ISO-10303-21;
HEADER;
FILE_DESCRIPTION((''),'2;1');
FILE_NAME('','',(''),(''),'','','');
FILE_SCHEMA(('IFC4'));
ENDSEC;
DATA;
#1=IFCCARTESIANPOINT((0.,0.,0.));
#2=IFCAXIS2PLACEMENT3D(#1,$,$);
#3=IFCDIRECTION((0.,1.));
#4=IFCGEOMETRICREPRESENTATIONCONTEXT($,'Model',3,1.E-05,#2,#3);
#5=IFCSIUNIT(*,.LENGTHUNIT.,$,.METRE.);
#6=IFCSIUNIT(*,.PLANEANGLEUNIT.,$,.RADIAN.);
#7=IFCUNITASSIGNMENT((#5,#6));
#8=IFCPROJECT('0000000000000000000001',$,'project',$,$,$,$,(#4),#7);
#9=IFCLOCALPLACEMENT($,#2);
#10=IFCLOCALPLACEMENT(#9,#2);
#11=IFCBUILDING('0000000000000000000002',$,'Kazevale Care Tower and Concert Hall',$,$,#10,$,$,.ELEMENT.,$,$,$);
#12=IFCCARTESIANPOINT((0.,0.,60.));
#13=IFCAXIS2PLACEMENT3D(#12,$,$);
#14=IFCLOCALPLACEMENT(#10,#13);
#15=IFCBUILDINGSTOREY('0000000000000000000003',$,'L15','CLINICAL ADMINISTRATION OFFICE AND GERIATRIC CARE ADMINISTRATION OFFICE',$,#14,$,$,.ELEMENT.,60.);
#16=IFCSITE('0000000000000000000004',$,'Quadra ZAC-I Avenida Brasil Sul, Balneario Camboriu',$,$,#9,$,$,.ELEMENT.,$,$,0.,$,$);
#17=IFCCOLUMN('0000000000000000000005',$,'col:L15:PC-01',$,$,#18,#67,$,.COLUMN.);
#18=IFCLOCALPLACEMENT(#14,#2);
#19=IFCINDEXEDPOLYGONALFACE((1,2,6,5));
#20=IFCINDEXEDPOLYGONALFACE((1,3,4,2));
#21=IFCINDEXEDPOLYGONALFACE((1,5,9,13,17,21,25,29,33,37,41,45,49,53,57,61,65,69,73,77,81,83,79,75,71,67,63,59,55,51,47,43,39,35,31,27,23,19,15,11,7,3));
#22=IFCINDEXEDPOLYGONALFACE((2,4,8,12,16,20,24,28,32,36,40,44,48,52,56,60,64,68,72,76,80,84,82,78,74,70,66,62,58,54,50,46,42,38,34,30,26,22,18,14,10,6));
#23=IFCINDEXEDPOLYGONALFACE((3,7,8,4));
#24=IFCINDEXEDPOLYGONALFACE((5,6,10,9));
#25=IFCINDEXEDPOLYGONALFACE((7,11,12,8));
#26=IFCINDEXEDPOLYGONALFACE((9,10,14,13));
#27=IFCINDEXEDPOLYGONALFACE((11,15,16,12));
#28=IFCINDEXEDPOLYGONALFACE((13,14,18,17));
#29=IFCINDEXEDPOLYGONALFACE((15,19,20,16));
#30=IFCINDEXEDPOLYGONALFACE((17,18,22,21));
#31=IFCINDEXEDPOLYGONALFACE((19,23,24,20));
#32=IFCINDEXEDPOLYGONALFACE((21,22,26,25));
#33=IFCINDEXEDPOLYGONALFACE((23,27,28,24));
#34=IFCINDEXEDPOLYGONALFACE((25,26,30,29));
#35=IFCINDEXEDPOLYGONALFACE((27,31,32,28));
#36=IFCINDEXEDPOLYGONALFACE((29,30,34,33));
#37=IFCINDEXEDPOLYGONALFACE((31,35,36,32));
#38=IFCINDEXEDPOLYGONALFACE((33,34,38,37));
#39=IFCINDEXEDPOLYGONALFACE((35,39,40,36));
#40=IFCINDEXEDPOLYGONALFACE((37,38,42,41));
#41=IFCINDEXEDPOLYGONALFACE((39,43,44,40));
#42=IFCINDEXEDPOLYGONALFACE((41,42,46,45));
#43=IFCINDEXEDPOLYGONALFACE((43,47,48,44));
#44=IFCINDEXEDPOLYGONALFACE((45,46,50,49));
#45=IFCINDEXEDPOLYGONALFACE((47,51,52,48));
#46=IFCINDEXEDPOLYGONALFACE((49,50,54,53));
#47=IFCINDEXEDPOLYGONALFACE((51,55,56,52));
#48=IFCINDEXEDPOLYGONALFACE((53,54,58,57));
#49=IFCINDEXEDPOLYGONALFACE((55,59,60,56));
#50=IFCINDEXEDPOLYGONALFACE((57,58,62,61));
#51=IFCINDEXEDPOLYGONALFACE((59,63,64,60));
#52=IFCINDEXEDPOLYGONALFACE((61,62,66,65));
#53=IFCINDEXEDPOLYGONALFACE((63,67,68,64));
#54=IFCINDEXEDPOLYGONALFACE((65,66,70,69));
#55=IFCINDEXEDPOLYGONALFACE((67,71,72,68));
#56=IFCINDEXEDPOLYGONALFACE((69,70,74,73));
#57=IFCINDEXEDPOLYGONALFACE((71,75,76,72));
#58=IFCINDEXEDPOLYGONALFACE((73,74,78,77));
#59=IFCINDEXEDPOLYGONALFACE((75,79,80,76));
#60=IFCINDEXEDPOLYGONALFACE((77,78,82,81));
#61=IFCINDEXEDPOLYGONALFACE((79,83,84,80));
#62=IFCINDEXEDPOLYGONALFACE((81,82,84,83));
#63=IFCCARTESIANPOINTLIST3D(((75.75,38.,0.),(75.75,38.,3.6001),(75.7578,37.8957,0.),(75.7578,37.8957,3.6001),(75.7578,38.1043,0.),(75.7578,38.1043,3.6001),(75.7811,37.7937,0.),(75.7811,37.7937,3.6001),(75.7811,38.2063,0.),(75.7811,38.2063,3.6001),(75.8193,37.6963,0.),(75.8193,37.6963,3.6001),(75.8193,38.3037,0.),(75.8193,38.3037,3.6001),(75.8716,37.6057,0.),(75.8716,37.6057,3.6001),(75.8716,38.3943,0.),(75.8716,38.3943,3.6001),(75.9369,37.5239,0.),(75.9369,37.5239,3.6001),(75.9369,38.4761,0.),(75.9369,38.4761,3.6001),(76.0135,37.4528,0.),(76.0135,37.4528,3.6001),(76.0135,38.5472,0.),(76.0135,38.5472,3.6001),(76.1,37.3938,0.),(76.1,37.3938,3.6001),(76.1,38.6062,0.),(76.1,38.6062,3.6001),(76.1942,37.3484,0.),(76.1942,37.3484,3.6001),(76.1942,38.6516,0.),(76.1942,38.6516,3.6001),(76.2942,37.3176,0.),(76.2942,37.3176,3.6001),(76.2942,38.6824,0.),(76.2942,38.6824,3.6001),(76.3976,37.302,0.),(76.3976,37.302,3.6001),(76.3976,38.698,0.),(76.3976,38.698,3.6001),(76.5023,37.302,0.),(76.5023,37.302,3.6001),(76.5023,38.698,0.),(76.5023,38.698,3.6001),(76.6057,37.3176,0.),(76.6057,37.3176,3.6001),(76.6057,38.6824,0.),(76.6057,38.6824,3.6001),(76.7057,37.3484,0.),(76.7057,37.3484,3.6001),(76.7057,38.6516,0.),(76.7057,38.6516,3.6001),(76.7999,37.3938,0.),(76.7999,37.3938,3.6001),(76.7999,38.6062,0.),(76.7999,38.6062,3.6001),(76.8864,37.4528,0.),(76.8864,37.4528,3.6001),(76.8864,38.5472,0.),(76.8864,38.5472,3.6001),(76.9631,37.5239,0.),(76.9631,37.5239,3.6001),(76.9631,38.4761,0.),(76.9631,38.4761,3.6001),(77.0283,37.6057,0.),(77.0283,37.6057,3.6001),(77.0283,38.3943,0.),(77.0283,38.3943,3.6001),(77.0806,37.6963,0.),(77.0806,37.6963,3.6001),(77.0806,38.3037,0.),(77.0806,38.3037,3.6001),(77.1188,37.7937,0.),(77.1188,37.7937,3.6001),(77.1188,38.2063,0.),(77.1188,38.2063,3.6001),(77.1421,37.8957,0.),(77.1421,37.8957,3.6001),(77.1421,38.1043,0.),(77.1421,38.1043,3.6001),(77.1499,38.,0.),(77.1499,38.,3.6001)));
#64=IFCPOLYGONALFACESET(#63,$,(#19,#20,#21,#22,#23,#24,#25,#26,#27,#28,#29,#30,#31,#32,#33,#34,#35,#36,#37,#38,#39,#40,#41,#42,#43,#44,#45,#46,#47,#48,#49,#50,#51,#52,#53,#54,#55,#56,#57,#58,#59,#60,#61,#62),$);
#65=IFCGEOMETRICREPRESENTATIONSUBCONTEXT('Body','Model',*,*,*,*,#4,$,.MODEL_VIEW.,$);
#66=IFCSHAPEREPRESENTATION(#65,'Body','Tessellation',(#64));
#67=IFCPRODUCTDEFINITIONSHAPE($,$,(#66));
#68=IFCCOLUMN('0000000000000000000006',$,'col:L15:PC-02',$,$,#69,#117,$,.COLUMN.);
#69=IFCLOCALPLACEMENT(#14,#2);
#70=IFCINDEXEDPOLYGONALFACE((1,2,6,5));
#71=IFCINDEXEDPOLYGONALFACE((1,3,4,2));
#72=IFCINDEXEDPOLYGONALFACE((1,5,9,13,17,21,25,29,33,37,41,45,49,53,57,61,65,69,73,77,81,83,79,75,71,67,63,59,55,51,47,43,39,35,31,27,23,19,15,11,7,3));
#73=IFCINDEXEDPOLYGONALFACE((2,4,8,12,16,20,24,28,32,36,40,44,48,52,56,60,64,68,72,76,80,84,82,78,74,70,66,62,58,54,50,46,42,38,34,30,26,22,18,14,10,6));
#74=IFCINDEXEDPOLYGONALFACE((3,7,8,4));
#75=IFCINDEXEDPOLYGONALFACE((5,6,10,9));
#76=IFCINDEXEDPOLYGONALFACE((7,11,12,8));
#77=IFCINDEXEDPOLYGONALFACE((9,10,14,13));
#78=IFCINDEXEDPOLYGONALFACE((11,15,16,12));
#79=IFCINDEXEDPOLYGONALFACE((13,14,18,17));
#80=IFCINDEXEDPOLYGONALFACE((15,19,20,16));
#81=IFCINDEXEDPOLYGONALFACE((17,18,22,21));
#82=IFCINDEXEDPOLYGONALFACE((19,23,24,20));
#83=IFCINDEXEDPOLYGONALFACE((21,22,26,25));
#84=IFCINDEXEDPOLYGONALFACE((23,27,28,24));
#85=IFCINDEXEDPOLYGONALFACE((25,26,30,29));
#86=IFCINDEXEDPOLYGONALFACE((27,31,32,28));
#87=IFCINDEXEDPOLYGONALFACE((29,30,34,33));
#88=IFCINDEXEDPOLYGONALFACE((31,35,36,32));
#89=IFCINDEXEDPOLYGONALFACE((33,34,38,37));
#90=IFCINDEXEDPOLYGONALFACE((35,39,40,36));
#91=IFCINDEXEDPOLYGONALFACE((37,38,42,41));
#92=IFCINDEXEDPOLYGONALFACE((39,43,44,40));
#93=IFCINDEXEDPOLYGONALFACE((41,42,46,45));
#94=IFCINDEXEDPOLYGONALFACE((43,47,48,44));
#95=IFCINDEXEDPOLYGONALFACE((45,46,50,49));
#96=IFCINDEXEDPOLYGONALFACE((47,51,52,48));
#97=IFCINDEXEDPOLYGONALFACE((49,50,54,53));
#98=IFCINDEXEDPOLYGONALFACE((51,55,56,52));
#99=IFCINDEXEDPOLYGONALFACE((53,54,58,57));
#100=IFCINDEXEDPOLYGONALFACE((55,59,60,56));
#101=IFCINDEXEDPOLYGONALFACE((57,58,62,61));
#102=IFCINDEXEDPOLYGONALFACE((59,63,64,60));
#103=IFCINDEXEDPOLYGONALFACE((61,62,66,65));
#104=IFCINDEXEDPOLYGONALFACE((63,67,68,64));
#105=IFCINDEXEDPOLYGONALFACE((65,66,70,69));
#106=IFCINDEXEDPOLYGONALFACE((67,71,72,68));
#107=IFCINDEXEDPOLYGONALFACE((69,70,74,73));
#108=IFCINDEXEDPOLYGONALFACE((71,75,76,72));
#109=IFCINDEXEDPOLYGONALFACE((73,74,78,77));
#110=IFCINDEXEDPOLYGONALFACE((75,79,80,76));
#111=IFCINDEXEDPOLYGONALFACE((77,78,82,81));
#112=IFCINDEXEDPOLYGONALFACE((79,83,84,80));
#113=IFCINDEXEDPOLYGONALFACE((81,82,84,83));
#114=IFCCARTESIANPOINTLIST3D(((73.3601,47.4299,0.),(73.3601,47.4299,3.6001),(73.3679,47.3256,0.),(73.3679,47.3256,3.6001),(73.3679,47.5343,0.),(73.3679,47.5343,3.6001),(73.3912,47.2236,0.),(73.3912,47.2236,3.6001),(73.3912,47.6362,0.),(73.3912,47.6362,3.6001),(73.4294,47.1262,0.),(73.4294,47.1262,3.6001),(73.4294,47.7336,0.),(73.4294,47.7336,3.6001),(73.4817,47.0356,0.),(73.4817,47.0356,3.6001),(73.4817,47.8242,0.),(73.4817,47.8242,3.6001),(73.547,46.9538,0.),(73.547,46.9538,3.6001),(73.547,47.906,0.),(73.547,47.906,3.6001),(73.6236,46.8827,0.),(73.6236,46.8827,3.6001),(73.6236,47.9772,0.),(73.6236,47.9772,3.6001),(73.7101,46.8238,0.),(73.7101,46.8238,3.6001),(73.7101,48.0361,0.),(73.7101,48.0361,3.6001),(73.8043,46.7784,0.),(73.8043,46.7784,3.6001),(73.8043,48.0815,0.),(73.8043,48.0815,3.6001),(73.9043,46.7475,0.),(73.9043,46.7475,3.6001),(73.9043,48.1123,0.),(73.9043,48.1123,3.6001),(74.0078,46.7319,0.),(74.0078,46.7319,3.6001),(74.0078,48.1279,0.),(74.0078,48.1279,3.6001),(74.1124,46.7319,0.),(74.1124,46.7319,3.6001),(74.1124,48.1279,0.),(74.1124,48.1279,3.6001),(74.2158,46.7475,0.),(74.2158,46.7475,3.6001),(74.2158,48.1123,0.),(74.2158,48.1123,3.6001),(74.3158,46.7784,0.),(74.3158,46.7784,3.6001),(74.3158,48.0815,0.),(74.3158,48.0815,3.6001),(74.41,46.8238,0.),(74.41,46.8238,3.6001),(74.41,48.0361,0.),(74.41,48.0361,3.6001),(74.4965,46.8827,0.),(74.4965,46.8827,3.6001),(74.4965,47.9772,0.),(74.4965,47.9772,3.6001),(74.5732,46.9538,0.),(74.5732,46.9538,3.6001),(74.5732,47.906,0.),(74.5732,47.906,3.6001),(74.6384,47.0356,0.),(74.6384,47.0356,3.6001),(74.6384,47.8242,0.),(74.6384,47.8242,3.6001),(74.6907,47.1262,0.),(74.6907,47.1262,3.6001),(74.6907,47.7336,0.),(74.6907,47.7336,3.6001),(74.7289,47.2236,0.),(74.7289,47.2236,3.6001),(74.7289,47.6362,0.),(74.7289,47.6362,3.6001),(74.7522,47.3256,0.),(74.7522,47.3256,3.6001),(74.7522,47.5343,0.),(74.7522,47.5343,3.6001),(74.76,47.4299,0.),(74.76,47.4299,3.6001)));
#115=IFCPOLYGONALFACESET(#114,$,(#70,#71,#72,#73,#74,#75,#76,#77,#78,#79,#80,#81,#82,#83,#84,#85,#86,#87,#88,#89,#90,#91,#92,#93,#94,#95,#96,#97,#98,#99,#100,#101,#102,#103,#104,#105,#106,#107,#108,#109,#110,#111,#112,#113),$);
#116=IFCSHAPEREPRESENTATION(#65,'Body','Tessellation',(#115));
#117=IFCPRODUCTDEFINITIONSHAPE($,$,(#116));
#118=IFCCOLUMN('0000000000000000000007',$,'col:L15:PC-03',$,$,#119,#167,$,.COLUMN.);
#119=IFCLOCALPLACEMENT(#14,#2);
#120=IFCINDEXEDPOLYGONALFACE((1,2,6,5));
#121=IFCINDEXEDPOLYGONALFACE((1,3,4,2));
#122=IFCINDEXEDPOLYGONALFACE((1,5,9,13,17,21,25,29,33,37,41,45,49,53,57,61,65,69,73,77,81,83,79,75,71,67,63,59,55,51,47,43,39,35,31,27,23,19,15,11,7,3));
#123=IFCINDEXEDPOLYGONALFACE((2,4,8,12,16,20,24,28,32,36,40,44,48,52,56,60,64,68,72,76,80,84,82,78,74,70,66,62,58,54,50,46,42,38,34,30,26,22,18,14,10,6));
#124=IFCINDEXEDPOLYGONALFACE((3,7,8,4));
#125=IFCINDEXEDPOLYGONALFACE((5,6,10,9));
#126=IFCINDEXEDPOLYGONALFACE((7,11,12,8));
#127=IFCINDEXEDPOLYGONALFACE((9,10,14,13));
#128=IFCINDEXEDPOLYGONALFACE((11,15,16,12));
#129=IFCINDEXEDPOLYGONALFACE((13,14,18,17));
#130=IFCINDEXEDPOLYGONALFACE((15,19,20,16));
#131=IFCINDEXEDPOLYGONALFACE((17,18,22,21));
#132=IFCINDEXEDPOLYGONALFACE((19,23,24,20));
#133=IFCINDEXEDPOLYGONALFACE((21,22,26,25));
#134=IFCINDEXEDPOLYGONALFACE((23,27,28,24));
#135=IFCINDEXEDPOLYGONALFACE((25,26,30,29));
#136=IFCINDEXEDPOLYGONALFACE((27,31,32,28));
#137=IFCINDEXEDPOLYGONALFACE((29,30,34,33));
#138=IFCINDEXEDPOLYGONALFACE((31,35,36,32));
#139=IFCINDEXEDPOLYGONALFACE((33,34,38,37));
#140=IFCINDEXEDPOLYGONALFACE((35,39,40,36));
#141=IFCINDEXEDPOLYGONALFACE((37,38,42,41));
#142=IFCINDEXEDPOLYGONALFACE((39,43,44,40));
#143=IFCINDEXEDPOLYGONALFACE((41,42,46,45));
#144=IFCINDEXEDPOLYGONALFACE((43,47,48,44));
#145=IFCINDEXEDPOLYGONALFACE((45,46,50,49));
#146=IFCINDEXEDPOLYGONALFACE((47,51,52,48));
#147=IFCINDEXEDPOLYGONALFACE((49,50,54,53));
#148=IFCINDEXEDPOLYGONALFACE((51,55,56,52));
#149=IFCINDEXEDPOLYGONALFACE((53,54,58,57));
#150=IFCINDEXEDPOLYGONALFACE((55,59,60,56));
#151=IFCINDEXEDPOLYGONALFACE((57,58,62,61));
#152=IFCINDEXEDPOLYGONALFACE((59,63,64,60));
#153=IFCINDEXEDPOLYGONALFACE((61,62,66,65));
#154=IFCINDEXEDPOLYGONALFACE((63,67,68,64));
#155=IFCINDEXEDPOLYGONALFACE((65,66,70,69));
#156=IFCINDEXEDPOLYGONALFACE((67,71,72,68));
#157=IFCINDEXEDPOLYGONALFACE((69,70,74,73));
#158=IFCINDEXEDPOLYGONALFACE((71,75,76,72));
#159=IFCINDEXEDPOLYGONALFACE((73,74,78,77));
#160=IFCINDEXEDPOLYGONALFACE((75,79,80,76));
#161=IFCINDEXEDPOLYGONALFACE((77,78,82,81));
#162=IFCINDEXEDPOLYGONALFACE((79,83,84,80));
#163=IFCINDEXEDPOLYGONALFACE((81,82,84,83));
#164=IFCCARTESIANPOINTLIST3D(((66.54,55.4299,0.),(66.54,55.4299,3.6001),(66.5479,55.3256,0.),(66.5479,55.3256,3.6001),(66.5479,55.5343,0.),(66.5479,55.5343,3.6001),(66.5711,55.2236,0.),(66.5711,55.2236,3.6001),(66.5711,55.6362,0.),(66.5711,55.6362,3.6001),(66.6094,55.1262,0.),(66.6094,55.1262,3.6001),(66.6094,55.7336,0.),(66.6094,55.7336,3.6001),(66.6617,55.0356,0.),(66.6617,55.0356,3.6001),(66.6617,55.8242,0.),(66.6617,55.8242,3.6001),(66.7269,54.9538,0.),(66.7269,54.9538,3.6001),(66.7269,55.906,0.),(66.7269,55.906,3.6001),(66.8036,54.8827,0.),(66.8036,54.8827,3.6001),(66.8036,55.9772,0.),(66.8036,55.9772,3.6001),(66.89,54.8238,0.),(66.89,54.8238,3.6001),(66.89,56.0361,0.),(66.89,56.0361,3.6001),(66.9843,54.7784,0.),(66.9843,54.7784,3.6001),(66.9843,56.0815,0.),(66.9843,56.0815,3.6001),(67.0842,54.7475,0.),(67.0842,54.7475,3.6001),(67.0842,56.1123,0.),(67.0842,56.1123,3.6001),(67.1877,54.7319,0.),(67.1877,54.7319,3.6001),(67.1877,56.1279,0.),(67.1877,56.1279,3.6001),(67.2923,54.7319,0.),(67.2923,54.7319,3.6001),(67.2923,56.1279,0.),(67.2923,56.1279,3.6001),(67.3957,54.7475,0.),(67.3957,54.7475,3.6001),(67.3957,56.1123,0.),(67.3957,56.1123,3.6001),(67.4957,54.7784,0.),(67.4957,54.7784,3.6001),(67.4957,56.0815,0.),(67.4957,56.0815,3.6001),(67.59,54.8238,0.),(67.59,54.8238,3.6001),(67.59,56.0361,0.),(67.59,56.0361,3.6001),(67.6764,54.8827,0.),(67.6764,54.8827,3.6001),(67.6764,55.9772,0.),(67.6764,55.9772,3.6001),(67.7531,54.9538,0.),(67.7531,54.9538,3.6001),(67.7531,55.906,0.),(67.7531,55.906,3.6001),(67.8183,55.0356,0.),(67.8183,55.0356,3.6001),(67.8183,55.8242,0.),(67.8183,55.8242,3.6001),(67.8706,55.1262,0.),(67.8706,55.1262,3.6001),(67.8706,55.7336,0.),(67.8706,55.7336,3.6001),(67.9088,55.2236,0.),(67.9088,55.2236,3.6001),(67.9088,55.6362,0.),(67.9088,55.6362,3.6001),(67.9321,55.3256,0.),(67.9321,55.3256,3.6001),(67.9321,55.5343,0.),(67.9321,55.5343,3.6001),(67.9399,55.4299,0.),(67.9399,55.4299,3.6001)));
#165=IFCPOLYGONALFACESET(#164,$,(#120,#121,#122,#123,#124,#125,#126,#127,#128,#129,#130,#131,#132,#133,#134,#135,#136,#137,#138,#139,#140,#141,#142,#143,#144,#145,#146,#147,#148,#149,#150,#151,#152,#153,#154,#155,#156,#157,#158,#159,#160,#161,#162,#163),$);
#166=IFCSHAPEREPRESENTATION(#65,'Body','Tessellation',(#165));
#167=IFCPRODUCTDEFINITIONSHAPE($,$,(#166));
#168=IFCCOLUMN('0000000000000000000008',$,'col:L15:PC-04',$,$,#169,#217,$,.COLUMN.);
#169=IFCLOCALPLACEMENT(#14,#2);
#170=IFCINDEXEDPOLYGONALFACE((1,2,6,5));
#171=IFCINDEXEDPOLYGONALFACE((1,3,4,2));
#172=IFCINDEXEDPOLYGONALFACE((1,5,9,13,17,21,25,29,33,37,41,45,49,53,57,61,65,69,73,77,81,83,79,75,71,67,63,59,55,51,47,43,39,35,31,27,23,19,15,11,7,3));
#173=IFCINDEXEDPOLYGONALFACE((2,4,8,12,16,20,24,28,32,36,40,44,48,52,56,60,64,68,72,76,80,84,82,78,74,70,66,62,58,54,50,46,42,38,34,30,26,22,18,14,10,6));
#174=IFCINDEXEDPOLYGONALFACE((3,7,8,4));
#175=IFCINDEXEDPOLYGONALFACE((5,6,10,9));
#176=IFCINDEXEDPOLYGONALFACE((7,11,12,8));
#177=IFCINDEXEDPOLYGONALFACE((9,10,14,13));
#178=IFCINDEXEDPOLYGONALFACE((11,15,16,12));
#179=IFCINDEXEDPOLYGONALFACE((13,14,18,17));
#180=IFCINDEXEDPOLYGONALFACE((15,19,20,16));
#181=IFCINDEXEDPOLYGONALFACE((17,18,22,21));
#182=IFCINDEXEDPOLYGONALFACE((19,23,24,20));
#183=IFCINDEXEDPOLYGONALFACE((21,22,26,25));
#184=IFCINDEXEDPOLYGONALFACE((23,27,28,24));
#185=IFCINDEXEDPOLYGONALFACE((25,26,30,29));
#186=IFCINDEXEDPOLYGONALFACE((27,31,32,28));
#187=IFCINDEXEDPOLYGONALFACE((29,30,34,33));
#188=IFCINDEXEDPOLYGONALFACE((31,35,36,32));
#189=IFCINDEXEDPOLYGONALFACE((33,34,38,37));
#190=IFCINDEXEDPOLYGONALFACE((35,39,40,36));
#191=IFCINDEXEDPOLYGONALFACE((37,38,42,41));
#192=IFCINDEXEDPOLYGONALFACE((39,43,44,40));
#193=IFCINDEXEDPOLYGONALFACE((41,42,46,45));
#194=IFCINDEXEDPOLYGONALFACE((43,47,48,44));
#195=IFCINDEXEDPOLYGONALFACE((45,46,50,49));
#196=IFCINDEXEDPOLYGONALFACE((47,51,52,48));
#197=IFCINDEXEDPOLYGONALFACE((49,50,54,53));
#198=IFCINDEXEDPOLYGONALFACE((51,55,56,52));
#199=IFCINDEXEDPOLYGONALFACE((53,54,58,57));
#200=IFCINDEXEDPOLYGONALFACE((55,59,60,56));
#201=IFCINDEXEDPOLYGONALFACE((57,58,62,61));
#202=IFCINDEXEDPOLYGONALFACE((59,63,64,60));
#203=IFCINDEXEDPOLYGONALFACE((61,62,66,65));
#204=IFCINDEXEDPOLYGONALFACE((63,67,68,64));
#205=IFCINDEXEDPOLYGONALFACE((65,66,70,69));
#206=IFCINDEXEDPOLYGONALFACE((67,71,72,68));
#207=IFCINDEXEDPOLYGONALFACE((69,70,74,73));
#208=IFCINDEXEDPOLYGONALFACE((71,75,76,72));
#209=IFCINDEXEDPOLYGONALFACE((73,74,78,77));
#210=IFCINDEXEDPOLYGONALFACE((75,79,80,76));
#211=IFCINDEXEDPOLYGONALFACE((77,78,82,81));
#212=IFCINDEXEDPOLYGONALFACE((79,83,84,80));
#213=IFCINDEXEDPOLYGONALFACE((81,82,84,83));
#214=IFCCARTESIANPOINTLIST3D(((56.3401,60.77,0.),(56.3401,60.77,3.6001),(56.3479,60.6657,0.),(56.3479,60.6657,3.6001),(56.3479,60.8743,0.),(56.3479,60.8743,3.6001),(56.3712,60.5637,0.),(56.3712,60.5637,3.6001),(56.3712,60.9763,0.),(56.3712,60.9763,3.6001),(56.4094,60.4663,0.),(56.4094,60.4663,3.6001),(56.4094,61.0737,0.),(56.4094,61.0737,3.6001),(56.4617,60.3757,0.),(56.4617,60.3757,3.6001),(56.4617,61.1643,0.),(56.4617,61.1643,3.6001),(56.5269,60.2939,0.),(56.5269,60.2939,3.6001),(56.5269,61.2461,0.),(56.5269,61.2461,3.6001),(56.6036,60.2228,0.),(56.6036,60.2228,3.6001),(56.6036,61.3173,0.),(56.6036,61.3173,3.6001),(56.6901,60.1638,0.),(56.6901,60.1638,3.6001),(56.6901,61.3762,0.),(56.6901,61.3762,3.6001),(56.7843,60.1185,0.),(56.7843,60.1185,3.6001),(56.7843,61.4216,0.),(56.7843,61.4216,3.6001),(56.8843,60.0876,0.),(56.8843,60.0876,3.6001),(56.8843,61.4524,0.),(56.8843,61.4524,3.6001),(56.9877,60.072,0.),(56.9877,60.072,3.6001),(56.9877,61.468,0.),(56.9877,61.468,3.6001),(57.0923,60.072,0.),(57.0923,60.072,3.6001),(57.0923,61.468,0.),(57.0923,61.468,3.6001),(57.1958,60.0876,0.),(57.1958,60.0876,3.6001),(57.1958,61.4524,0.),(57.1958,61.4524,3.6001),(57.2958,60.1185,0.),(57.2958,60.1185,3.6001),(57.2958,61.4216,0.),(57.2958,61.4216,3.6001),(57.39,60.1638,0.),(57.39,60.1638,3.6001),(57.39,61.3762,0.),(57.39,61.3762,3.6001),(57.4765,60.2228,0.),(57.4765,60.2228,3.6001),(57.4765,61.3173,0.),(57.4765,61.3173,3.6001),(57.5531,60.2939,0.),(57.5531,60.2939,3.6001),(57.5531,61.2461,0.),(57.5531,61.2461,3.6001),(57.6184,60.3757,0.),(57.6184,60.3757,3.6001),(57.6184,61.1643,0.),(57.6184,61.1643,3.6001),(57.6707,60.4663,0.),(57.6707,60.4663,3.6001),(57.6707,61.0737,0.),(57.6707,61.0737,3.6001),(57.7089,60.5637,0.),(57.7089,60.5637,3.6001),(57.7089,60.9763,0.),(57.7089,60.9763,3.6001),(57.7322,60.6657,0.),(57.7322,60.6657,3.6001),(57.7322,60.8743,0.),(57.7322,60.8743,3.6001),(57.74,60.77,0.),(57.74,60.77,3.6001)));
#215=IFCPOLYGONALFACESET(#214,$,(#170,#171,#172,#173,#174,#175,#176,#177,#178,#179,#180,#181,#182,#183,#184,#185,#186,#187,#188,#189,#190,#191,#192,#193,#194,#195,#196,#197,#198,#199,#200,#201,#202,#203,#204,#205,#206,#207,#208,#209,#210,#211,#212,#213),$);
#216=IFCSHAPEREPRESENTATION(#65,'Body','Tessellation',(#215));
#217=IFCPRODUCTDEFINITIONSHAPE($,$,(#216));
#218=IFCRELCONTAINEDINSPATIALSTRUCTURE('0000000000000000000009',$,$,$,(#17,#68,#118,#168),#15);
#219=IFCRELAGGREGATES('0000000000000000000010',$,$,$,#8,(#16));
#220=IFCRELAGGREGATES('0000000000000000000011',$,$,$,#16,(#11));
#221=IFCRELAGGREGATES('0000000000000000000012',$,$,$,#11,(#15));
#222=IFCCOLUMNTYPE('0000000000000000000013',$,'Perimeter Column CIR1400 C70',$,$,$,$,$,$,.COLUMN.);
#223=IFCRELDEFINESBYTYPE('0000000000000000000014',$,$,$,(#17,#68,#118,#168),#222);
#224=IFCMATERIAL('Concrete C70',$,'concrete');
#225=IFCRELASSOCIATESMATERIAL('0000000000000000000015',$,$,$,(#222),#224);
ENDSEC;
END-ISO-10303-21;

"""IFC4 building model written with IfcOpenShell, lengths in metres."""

from ifc_helpers import new_model, si_unit, direction, frame, origin, origin_2d, place, context, subcontext, project, spatial, circle, extrude, material, material_profile, profile_set, type_object, element, save


model = new_model("IFC4")

# Units and contexts
model_context = context("Model", 3, precision=1e-05, world=origin(), true_north=direction((0.0, 1.0)))
body_context = subcontext(model_context, "Body", "Model", "MODEL_VIEW")
ifc_project = project(units=[si_unit("LENGTHUNIT", "METRE"), si_unit("PLANEANGLEUNIT", "RADIAN")], contexts=[model_context])

# Site, building, storey
site_placement = place(None, origin())
site = spatial("IfcSite", under=ifc_project, at=site_placement, Name="Quadra ZAC-I Avenida Brasil Sul, Balneario Camboriu", CompositionType="ELEMENT", RefElevation=0.0)
building_placement = place(site_placement, origin())
building = spatial("IfcBuilding", under=site, at=building_placement, Name="Kazevale Care Tower and Concert Hall", CompositionType="ELEMENT")
storey_placement = place(building_placement, frame((0.0, 0.0, 60.0)))
storey = spatial("IfcBuildingStorey", under=building, at=storey_placement, Name="L15", Description="CLINICAL ADMINISTRATION OFFICE AND GERIATRIC CARE ADMINISTRATION OFFICE", CompositionType="ELEMENT", Elevation=60.0)

# Columns
ifc_material_1 = material(Name="Concrete C70", Category="concrete")
ifc_material_profile_1 = material_profile(ifc_material_1, circle(Radius=0.7, at=origin_2d()), Name="RC-CIR1400")
ifc_profile_set_1 = profile_set([ifc_material_profile_1], Name="Concrete C70")
column_type = type_object("IfcColumnType", Name="Perimeter Column CIR1400 C70", PredefinedType="COLUMN", material=ifc_profile_set_1)
for number, where, z_axis, x_axis, name in (
    (1, (76.45, 38.0, 0.0), (0.0, 0.0, 1.0), (1.0, 0.0, 0.0), "col:L15:PC-01"),
    (2, (74.0601, 47.4299, 0.0), (0.0, 0.0, 1.0), (1.0, 0.0, 0.0), "col:L15:PC-02"),
    (3, (67.24, 55.4299, 0.0), (0.0, 0.0, 1.0), (1.0, 0.0, 0.0), "col:L15:PC-03"),
    (4, (57.04, 60.77, 0.0), (0.0, 0.0, 1.0), (1.0, 0.0, 0.0), "col:L15:PC-04"),
):
    element("IfcColumn", number, at=place(storey_placement, frame(where, z_axis=z_axis, x_axis=x_axis)), inside=storey, type_object=column_type, Name=name, PredefinedType="COLUMN", context=body_context, shape_type="SweptSolid", body=[
        extrude(circle(Radius=0.7, at=origin_2d()), origin(), (0.0, 0.0, 1.0), 3.6001),
    ])

save(model, "model.ifc")
